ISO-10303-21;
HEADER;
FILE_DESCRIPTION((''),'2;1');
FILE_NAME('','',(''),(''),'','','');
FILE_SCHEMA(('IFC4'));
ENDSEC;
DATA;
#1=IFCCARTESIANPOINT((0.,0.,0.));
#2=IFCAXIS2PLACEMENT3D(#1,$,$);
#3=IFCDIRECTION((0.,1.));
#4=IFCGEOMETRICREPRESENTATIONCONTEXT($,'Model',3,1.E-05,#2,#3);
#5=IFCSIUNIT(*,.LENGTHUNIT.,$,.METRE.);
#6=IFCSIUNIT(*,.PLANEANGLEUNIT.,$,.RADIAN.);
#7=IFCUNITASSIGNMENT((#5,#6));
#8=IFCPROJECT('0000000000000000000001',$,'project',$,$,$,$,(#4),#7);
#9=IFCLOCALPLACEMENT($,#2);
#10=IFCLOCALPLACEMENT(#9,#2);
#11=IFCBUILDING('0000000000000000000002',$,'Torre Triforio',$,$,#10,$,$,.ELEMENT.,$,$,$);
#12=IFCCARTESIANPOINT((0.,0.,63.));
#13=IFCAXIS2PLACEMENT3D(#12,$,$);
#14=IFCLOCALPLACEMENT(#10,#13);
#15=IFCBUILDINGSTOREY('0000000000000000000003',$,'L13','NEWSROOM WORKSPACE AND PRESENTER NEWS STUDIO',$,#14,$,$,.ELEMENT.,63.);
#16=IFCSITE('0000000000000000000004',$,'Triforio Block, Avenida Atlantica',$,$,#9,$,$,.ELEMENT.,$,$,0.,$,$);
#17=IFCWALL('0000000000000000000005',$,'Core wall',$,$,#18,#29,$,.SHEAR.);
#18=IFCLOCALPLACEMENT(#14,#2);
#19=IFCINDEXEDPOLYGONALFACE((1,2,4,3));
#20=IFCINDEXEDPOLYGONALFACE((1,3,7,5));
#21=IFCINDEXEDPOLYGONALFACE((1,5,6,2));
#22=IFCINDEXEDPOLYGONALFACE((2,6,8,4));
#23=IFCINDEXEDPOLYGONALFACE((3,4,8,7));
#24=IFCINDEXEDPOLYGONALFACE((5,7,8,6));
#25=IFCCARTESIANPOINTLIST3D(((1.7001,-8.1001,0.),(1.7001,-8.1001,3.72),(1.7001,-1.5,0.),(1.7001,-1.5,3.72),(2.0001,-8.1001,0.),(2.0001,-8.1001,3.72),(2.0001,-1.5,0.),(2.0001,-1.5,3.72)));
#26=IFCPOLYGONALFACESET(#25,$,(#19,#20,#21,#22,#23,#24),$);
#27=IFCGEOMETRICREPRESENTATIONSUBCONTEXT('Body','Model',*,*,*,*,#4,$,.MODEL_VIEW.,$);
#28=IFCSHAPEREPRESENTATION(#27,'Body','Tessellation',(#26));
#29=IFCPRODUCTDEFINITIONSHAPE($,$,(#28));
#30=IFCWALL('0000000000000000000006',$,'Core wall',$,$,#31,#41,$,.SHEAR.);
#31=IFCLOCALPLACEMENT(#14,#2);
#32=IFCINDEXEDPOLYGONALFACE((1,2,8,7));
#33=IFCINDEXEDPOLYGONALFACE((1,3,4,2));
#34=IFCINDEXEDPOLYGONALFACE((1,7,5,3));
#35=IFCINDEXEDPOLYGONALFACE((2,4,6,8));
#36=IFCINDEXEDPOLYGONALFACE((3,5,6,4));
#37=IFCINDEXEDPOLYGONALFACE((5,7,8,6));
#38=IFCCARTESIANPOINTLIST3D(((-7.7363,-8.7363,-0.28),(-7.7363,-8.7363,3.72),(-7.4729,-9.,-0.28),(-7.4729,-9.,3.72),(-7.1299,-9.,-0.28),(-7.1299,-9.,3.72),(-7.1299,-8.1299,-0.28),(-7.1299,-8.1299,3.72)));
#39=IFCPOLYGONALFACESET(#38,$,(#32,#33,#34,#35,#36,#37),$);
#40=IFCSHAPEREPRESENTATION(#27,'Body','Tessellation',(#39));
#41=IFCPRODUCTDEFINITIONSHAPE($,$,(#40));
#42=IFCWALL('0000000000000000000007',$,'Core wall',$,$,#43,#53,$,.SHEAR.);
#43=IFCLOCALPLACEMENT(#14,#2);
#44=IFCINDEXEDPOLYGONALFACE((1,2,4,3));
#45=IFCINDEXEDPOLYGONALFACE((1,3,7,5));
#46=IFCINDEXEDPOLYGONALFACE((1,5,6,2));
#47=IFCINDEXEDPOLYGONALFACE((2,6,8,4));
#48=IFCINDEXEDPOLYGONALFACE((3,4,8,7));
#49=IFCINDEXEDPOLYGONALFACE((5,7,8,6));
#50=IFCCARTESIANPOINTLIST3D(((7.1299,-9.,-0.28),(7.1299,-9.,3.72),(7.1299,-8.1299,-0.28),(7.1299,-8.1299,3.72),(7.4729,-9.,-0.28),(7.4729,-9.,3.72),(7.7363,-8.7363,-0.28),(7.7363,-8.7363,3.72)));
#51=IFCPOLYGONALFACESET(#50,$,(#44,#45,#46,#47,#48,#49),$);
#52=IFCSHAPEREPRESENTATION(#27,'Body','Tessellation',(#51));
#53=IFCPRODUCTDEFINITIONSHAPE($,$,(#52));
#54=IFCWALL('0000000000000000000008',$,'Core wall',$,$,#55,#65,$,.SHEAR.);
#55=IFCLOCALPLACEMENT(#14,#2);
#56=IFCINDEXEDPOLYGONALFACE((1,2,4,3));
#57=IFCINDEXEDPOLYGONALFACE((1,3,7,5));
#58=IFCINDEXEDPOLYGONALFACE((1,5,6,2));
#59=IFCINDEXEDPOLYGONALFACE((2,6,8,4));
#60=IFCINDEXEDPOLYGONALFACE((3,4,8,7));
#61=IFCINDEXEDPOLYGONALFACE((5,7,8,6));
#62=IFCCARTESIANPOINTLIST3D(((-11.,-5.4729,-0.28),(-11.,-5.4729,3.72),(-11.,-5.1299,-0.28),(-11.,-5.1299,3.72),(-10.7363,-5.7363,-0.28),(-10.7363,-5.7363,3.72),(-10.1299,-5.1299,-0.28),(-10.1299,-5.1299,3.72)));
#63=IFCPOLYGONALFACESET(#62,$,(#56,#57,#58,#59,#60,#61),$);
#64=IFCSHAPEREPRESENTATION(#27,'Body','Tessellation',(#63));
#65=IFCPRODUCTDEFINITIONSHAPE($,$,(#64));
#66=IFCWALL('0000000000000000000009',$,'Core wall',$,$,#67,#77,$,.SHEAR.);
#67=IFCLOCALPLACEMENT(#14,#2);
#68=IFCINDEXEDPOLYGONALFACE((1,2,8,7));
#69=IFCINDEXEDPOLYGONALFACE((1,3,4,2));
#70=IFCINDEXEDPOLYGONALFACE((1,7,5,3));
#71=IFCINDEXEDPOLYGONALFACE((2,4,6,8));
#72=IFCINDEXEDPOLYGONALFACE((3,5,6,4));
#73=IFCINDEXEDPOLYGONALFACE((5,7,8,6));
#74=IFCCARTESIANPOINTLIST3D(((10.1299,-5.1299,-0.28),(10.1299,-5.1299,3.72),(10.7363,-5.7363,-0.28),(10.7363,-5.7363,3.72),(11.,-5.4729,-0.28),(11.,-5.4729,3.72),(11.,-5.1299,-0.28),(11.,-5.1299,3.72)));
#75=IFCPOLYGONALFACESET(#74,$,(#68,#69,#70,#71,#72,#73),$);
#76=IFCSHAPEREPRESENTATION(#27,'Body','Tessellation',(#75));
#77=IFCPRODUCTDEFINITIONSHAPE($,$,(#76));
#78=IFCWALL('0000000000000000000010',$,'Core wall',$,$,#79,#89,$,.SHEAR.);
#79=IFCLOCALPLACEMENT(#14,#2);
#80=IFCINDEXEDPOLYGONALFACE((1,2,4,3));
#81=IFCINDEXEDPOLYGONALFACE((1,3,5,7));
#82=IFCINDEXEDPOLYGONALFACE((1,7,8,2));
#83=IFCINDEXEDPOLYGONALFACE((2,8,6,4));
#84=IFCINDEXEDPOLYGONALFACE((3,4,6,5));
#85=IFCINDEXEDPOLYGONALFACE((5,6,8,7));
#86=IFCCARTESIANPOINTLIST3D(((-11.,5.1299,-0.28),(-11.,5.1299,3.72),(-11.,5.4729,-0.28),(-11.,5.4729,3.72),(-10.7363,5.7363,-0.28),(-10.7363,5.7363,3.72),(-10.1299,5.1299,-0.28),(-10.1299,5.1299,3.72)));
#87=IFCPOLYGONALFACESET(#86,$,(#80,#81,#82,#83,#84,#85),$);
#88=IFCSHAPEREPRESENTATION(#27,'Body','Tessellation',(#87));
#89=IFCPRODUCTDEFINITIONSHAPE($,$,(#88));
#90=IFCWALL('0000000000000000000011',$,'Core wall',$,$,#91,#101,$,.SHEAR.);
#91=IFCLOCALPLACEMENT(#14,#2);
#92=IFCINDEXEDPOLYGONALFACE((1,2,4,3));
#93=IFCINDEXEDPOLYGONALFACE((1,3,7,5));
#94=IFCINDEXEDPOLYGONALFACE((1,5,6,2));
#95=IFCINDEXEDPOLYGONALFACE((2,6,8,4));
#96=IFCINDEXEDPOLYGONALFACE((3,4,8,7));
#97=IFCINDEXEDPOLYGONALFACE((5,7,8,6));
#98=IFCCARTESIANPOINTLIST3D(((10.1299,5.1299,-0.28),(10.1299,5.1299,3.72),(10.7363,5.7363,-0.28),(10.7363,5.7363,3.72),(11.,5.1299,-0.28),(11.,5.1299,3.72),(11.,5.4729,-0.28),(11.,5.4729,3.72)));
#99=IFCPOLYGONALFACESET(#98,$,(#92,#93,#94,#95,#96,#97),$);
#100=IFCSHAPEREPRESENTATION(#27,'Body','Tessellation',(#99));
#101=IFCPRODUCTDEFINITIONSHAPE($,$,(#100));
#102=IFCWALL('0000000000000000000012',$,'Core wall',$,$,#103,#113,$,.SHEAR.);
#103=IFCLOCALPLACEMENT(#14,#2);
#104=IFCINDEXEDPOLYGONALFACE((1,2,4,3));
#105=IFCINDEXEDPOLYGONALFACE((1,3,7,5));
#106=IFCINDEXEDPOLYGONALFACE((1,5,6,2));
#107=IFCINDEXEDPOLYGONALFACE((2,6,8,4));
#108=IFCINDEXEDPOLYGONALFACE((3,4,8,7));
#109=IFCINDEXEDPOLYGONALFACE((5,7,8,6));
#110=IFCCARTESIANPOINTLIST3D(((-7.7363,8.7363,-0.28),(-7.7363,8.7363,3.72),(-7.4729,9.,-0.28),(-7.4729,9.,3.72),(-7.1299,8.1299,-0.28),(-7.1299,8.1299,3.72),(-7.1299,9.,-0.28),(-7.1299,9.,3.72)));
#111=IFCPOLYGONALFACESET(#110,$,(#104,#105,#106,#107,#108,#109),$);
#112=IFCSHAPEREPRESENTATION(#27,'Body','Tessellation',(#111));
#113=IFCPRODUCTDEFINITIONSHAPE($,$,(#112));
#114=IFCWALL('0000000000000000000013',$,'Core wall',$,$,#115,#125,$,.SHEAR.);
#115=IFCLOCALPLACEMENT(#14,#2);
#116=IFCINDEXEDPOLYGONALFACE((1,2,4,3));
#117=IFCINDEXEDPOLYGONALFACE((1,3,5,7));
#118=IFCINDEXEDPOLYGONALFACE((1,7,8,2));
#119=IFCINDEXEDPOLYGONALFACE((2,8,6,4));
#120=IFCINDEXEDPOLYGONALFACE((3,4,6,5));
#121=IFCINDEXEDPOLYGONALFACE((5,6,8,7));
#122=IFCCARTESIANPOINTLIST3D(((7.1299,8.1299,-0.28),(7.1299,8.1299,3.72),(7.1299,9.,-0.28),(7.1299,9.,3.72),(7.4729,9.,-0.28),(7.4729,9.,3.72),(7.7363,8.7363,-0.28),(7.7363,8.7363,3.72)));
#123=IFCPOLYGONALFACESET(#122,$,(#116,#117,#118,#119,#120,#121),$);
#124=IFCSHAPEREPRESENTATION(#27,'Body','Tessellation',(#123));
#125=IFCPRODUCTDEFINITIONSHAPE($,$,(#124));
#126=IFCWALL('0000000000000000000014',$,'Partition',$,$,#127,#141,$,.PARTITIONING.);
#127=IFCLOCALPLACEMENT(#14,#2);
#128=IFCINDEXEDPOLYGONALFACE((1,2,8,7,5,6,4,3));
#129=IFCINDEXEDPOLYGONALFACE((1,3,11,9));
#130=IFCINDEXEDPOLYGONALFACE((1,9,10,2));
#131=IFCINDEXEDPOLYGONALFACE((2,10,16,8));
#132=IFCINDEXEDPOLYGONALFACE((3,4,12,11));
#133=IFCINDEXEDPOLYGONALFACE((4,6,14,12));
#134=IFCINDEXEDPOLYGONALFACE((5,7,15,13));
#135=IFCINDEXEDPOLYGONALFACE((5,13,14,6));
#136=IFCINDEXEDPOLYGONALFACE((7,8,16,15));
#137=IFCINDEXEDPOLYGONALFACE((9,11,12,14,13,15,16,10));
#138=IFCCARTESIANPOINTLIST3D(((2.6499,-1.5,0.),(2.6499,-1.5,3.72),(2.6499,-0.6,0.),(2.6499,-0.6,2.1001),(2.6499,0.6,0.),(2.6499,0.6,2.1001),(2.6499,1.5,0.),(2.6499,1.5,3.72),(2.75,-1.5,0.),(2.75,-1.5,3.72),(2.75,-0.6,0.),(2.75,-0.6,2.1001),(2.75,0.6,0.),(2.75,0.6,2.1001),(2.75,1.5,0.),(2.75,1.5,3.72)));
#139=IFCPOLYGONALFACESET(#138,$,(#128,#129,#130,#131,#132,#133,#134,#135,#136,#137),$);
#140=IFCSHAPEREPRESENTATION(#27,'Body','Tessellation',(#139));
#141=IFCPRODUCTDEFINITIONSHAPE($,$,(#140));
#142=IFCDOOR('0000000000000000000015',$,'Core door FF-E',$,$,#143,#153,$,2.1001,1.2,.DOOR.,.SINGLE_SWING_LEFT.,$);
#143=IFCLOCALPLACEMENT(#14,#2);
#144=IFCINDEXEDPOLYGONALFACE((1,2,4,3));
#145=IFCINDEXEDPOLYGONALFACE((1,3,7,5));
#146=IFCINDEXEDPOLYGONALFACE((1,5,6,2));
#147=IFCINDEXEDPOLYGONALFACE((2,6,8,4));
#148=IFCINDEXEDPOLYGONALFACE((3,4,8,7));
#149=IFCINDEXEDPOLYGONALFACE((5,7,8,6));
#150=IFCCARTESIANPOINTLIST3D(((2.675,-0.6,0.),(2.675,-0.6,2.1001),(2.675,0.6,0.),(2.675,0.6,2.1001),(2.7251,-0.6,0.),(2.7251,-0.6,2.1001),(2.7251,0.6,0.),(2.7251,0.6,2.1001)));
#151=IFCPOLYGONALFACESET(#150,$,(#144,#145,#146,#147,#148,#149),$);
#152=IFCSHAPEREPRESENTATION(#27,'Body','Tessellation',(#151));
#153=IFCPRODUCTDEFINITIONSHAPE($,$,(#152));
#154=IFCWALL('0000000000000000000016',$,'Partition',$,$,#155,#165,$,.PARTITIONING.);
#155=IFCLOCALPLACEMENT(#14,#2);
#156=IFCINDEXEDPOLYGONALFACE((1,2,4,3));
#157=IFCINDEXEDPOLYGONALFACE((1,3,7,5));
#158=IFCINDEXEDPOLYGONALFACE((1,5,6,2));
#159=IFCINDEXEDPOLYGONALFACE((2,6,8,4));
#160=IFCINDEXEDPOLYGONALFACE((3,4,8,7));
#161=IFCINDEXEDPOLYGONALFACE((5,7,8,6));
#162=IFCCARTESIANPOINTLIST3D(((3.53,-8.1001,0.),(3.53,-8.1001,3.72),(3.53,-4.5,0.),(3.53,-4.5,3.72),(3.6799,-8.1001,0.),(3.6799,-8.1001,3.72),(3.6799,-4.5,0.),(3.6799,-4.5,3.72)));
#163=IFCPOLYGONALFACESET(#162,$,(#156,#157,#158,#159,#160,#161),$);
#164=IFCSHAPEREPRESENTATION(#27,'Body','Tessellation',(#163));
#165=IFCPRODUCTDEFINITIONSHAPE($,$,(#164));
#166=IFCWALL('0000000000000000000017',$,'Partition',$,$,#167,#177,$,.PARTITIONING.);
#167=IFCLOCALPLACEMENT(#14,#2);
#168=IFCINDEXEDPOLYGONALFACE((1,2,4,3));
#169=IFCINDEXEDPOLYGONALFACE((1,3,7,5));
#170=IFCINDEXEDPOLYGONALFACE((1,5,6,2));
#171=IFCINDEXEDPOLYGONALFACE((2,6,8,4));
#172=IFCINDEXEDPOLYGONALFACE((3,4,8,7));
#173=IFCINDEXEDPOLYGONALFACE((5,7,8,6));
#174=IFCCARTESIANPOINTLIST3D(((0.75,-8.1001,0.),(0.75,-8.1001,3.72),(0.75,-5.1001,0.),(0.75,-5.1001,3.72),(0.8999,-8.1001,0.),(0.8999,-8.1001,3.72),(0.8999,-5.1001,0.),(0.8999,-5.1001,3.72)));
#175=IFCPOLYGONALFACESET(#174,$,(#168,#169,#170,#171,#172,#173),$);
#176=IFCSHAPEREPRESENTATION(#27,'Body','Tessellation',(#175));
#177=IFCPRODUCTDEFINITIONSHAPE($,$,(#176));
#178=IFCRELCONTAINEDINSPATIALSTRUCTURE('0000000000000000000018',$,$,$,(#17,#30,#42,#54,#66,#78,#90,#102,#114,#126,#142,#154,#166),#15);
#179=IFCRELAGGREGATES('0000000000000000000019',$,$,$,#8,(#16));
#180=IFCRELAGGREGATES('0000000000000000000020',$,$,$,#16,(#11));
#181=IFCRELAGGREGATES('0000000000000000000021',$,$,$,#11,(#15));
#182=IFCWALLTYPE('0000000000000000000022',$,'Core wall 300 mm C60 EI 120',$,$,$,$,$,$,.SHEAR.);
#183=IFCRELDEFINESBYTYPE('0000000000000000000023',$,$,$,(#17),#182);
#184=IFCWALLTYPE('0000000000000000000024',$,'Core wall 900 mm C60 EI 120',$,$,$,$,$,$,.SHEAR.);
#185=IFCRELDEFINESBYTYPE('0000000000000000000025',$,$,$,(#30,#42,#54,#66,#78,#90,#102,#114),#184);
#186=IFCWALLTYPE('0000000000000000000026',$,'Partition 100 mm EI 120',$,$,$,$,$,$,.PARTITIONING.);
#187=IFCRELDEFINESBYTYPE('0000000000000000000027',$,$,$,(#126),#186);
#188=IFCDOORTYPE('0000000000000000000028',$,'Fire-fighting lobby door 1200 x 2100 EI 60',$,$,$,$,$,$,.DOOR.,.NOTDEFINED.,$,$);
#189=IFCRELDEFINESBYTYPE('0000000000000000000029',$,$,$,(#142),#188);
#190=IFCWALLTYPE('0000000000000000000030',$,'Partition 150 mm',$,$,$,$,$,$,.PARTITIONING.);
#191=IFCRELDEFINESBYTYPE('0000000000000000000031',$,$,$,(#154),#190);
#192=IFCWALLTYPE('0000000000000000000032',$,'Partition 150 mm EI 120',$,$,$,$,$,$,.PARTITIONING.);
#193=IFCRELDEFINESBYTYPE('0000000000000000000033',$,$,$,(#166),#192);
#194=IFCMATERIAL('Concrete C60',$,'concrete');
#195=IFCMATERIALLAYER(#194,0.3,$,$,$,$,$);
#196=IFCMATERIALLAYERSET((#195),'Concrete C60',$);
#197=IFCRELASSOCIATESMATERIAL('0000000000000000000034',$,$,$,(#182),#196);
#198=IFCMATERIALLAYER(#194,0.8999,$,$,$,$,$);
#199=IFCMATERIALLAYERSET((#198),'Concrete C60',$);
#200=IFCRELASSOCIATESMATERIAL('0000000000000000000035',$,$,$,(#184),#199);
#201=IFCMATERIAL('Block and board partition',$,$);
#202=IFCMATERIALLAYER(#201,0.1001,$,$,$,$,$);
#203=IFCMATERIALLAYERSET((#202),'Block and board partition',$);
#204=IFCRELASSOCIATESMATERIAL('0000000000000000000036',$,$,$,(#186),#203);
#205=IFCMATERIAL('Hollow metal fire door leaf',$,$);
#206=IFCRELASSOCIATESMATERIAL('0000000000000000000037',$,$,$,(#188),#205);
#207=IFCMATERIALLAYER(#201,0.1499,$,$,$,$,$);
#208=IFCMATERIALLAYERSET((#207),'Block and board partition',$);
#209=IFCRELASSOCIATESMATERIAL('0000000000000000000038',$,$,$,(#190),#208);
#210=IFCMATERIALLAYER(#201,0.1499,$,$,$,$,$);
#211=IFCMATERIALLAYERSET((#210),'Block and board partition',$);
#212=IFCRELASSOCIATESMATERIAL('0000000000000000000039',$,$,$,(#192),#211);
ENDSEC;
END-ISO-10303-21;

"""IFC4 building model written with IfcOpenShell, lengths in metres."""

from ifc_helpers import new_model, si_unit, direction, frame, frame_2d, origin, place, context, subcontext, project, spatial, polyline, rectangle, outline, extrude, material, layer, layer_set, type_object, element, fill, save


model = new_model("IFC4")

# Units and contexts
model_context = context("Model", 3, precision=1e-05, world=origin(), true_north=direction((0.0, 1.0)))
body_context = subcontext(model_context, "Body", "Model", "MODEL_VIEW")
ifc_project = project(units=[si_unit("LENGTHUNIT", "METRE"), si_unit("PLANEANGLEUNIT", "RADIAN")], contexts=[model_context])

# Site, building, storey
site_placement = place(None, origin())
site = spatial("IfcSite", under=ifc_project, at=site_placement, Name="Triforio Block, Avenida Atlantica", CompositionType="ELEMENT", RefElevation=0.0)
building_placement = place(site_placement, origin())
building = spatial("IfcBuilding", under=site, at=building_placement, Name="Torre Triforio", CompositionType="ELEMENT")
storey_placement = place(building_placement, frame((0.0, 0.0, 63.0)))
storey = spatial("IfcBuildingStorey", under=building, at=storey_placement, Name="L13", Description="NEWSROOM WORKSPACE AND PRESENTER NEWS STUDIO", CompositionType="ELEMENT", Elevation=63.0)

# Walls
ifc_material_1 = material(Name="Concrete C60", Category="concrete")
ifc_layer_1 = layer(ifc_material_1, 0.3)
ifc_layer_set_1 = layer_set([ifc_layer_1], Name="Concrete C60")
wall_type_1 = type_object("IfcWallType", Name="Core wall 300 mm C60 EI 120", PredefinedType="SHEAR", material=ifc_layer_set_1)
wall_1_placement = place(storey_placement, frame((1.8501, -8.1001, 0.0), z_axis=(0.0, 0.0, 1.0), x_axis=(0.0, 1.0, 0.0)))
element("IfcWall", 1, at=wall_1_placement, inside=storey, type_object=wall_type_1, Name="Core wall", PredefinedType="SHEAR", context=body_context, shape_type="SweptSolid", body=[
    extrude(rectangle(XDim=6.6001, YDim=0.3, at=frame_2d((3.3, 0.0))), origin(), (0.0, 0.0, 1.0), 3.72),
])
ifc_layer_2 = layer(ifc_material_1, 0.8999)
ifc_layer_set_2 = layer_set([ifc_layer_2], Name="Concrete C60")
wall_type_2 = type_object("IfcWallType", Name="Core wall 900 mm C60 EI 120", PredefinedType="SHEAR", material=ifc_layer_set_2)
wall_2_placement = place(storey_placement, frame((0.0, 0.0, -0.28)))
element("IfcWall", 2, at=wall_2_placement, inside=storey, type_object=wall_type_2, Name="Core wall", PredefinedType="SHEAR", context=body_context, shape_type="SweptSolid", body=[
    extrude(outline(polyline([(-7.4729, -9.0), (-7.7363, -8.7363), (-7.1299, -8.1299), (-7.1299, -9.0), (-7.4729, -9.0)])), origin(), (0.0, 0.0, 1.0), 4.0),
])
wall_3_placement = place(storey_placement, frame((0.0, 0.0, -0.28)))
element("IfcWall", 3, at=wall_3_placement, inside=storey, type_object=wall_type_2, Name="Core wall", PredefinedType="SHEAR", context=body_context, shape_type="SweptSolid", body=[
    extrude(outline(polyline([(7.4729, -9.0), (7.1299, -9.0), (7.1299, -8.1299), (7.7363, -8.7363), (7.4729, -9.0)])), origin(), (0.0, 0.0, 1.0), 4.0),
])
wall_4_placement = place(storey_placement, frame((0.0, 0.0, -0.28)))
element("IfcWall", 4, at=wall_4_placement, inside=storey, type_object=wall_type_2, Name="Core wall", PredefinedType="SHEAR", context=body_context, shape_type="SweptSolid", body=[
    extrude(outline(polyline([(-11.0, -5.4729), (-11.0, -5.1299), (-10.1299, -5.1299), (-10.7363, -5.7363), (-11.0, -5.4729)])), origin(), (0.0, 0.0, 1.0), 4.0),
])
wall_5_placement = place(storey_placement, frame((0.0, 0.0, -0.28)))
element("IfcWall", 5, at=wall_5_placement, inside=storey, type_object=wall_type_2, Name="Core wall", PredefinedType="SHEAR", context=body_context, shape_type="SweptSolid", body=[
    extrude(outline(polyline([(11.0, -5.4729), (10.7363, -5.7363), (10.1299, -5.1299), (11.0, -5.1299), (11.0, -5.4729)])), origin(), (0.0, 0.0, 1.0), 4.0),
])
wall_6_placement = place(storey_placement, frame((0.0, 0.0, -0.28)))
element("IfcWall", 6, at=wall_6_placement, inside=storey, type_object=wall_type_2, Name="Core wall", PredefinedType="SHEAR", context=body_context, shape_type="SweptSolid", body=[
    extrude(outline(polyline([(-10.7363, 5.7363), (-10.1299, 5.1299), (-11.0, 5.1299), (-11.0, 5.4729), (-10.7363, 5.7363)])), origin(), (0.0, 0.0, 1.0), 4.0),
])
wall_7_placement = place(storey_placement, frame((0.0, 0.0, -0.28)))
element("IfcWall", 7, at=wall_7_placement, inside=storey, type_object=wall_type_2, Name="Core wall", PredefinedType="SHEAR", context=body_context, shape_type="SweptSolid", body=[
    extrude(outline(polyline([(11.0, 5.4729), (11.0, 5.1299), (10.1299, 5.1299), (10.7363, 5.7363), (11.0, 5.4729)])), origin(), (0.0, 0.0, 1.0), 4.0),
])
wall_8_placement = place(storey_placement, frame((0.0, 0.0, -0.28)))
element("IfcWall", 8, at=wall_8_placement, inside=storey, type_object=wall_type_2, Name="Core wall", PredefinedType="SHEAR", context=body_context, shape_type="SweptSolid", body=[
    extrude(outline(polyline([(-7.4729, 9.0), (-7.1299, 9.0), (-7.1299, 8.1299), (-7.7363, 8.7363), (-7.4729, 9.0)])), origin(), (0.0, 0.0, 1.0), 4.0),
])
wall_9_placement = place(storey_placement, frame((0.0, 0.0, -0.28)))
element("IfcWall", 9, at=wall_9_placement, inside=storey, type_object=wall_type_2, Name="Core wall", PredefinedType="SHEAR", context=body_context, shape_type="SweptSolid", body=[
    extrude(outline(polyline([(7.4729, 9.0), (7.7363, 8.7363), (7.1299, 8.1299), (7.1299, 9.0), (7.4729, 9.0)])), origin(), (0.0, 0.0, 1.0), 4.0),
])

# Wall, opening, door
ifc_material_2 = material(Name="Block and board partition")
ifc_layer_3 = layer(ifc_material_2, 0.1001)
ifc_layer_set_3 = layer_set([ifc_layer_3], Name="Block and board partition")
wall_type_3 = type_object("IfcWallType", Name="Partition 100 mm EI 120", PredefinedType="PARTITIONING", material=ifc_layer_set_3)
wall_10_placement = place(storey_placement, frame((2.7, -1.5, 0.0), z_axis=(0.0, 0.0, 1.0), x_axis=(0.0, 1.0, 0.0)))
wall_10 = element("IfcWall", 10, at=wall_10_placement, inside=storey, type_object=wall_type_3, Name="Partition", PredefinedType="PARTITIONING", context=body_context, shape_type="SweptSolid", body=[
    extrude(rectangle(XDim=3.0, YDim=0.1001, at=frame_2d((1.5, 0.0))), origin(), (0.0, 0.0, 1.0), 3.72),
])
opening_placement = place(wall_10_placement, frame((0.8999, 0.0, 0.0)))
opening = element("IfcOpeningElement", 11, at=opening_placement, cuts=wall_10, PredefinedType="OPENING", context=body_context, shape_type="SweptSolid", body=[
    extrude(rectangle(XDim=1.2, YDim=2.1001, at=frame_2d((0.6001, 1.05))), frame((0.0, 0.0601, 0.0), z_axis=(0.0, -1.0, 0.0), x_axis=(1.0, 0.0, 0.0)), (0.0, 0.0, 1.0), 0.1201),
])
ifc_material_3 = material(Name="Hollow metal fire door leaf")
door_type = type_object("IfcDoorType", Name="Fire-fighting lobby door 1200 x 2100 EI 60", OperationType="NOTDEFINED", PredefinedType="DOOR", material=ifc_material_3)
door_placement = place(opening_placement, origin())
door = element("IfcDoor", 12, at=door_placement, inside=storey, type_object=door_type, Name="Core door FF-E", OperationType="SINGLE_SWING_LEFT", OverallHeight=2.1001, OverallWidth=1.2, PredefinedType="DOOR", context=body_context, shape_type="SweptSolid", body=[
    extrude(rectangle(XDim=1.2, YDim=2.1001, at=frame_2d((0.6001, 1.05))), frame((0.0, 0.0249, 0.0), z_axis=(0.0, -1.0, 0.0), x_axis=(1.0, 0.0, 0.0)), (0.0, 0.0, 1.0), 0.05),
])
fill(opening, door)

# Walls
ifc_layer_4 = layer(ifc_material_2, 0.1499)
ifc_layer_set_4 = layer_set([ifc_layer_4], Name="Block and board partition")
wall_type_4 = type_object("IfcWallType", Name="Partition 150 mm", PredefinedType="PARTITIONING", material=ifc_layer_set_4)
wall_11_placement = place(storey_placement, frame((3.605, -8.1001, 0.0), z_axis=(0.0, 0.0, 1.0), x_axis=(0.0, 1.0, 0.0)))
element("IfcWall", 13, at=wall_11_placement, inside=storey, type_object=wall_type_4, Name="Partition", PredefinedType="PARTITIONING", context=body_context, shape_type="SweptSolid", body=[
    extrude(rectangle(XDim=3.6001, YDim=0.1499, at=frame_2d((1.8, 0.0))), origin(), (0.0, 0.0, 1.0), 3.72),
])
ifc_layer_5 = layer(ifc_material_2, 0.1499)
ifc_layer_set_5 = layer_set([ifc_layer_5], Name="Block and board partition")
wall_type_5 = type_object("IfcWallType", Name="Partition 150 mm EI 120", PredefinedType="PARTITIONING", material=ifc_layer_set_5)
wall_12_placement = place(storey_placement, frame((0.825, -8.1001, 0.0), z_axis=(0.0, 0.0, 1.0), x_axis=(0.0, 1.0, 0.0)))
element("IfcWall", 14, at=wall_12_placement, inside=storey, type_object=wall_type_5, Name="Partition", PredefinedType="PARTITIONING", context=body_context, shape_type="SweptSolid", body=[
    extrude(rectangle(XDim=3.0, YDim=0.1499, at=frame_2d((1.5, 0.0))), origin(), (0.0, 0.0, 1.0), 3.72),
])

save(model, "model.ifc")
